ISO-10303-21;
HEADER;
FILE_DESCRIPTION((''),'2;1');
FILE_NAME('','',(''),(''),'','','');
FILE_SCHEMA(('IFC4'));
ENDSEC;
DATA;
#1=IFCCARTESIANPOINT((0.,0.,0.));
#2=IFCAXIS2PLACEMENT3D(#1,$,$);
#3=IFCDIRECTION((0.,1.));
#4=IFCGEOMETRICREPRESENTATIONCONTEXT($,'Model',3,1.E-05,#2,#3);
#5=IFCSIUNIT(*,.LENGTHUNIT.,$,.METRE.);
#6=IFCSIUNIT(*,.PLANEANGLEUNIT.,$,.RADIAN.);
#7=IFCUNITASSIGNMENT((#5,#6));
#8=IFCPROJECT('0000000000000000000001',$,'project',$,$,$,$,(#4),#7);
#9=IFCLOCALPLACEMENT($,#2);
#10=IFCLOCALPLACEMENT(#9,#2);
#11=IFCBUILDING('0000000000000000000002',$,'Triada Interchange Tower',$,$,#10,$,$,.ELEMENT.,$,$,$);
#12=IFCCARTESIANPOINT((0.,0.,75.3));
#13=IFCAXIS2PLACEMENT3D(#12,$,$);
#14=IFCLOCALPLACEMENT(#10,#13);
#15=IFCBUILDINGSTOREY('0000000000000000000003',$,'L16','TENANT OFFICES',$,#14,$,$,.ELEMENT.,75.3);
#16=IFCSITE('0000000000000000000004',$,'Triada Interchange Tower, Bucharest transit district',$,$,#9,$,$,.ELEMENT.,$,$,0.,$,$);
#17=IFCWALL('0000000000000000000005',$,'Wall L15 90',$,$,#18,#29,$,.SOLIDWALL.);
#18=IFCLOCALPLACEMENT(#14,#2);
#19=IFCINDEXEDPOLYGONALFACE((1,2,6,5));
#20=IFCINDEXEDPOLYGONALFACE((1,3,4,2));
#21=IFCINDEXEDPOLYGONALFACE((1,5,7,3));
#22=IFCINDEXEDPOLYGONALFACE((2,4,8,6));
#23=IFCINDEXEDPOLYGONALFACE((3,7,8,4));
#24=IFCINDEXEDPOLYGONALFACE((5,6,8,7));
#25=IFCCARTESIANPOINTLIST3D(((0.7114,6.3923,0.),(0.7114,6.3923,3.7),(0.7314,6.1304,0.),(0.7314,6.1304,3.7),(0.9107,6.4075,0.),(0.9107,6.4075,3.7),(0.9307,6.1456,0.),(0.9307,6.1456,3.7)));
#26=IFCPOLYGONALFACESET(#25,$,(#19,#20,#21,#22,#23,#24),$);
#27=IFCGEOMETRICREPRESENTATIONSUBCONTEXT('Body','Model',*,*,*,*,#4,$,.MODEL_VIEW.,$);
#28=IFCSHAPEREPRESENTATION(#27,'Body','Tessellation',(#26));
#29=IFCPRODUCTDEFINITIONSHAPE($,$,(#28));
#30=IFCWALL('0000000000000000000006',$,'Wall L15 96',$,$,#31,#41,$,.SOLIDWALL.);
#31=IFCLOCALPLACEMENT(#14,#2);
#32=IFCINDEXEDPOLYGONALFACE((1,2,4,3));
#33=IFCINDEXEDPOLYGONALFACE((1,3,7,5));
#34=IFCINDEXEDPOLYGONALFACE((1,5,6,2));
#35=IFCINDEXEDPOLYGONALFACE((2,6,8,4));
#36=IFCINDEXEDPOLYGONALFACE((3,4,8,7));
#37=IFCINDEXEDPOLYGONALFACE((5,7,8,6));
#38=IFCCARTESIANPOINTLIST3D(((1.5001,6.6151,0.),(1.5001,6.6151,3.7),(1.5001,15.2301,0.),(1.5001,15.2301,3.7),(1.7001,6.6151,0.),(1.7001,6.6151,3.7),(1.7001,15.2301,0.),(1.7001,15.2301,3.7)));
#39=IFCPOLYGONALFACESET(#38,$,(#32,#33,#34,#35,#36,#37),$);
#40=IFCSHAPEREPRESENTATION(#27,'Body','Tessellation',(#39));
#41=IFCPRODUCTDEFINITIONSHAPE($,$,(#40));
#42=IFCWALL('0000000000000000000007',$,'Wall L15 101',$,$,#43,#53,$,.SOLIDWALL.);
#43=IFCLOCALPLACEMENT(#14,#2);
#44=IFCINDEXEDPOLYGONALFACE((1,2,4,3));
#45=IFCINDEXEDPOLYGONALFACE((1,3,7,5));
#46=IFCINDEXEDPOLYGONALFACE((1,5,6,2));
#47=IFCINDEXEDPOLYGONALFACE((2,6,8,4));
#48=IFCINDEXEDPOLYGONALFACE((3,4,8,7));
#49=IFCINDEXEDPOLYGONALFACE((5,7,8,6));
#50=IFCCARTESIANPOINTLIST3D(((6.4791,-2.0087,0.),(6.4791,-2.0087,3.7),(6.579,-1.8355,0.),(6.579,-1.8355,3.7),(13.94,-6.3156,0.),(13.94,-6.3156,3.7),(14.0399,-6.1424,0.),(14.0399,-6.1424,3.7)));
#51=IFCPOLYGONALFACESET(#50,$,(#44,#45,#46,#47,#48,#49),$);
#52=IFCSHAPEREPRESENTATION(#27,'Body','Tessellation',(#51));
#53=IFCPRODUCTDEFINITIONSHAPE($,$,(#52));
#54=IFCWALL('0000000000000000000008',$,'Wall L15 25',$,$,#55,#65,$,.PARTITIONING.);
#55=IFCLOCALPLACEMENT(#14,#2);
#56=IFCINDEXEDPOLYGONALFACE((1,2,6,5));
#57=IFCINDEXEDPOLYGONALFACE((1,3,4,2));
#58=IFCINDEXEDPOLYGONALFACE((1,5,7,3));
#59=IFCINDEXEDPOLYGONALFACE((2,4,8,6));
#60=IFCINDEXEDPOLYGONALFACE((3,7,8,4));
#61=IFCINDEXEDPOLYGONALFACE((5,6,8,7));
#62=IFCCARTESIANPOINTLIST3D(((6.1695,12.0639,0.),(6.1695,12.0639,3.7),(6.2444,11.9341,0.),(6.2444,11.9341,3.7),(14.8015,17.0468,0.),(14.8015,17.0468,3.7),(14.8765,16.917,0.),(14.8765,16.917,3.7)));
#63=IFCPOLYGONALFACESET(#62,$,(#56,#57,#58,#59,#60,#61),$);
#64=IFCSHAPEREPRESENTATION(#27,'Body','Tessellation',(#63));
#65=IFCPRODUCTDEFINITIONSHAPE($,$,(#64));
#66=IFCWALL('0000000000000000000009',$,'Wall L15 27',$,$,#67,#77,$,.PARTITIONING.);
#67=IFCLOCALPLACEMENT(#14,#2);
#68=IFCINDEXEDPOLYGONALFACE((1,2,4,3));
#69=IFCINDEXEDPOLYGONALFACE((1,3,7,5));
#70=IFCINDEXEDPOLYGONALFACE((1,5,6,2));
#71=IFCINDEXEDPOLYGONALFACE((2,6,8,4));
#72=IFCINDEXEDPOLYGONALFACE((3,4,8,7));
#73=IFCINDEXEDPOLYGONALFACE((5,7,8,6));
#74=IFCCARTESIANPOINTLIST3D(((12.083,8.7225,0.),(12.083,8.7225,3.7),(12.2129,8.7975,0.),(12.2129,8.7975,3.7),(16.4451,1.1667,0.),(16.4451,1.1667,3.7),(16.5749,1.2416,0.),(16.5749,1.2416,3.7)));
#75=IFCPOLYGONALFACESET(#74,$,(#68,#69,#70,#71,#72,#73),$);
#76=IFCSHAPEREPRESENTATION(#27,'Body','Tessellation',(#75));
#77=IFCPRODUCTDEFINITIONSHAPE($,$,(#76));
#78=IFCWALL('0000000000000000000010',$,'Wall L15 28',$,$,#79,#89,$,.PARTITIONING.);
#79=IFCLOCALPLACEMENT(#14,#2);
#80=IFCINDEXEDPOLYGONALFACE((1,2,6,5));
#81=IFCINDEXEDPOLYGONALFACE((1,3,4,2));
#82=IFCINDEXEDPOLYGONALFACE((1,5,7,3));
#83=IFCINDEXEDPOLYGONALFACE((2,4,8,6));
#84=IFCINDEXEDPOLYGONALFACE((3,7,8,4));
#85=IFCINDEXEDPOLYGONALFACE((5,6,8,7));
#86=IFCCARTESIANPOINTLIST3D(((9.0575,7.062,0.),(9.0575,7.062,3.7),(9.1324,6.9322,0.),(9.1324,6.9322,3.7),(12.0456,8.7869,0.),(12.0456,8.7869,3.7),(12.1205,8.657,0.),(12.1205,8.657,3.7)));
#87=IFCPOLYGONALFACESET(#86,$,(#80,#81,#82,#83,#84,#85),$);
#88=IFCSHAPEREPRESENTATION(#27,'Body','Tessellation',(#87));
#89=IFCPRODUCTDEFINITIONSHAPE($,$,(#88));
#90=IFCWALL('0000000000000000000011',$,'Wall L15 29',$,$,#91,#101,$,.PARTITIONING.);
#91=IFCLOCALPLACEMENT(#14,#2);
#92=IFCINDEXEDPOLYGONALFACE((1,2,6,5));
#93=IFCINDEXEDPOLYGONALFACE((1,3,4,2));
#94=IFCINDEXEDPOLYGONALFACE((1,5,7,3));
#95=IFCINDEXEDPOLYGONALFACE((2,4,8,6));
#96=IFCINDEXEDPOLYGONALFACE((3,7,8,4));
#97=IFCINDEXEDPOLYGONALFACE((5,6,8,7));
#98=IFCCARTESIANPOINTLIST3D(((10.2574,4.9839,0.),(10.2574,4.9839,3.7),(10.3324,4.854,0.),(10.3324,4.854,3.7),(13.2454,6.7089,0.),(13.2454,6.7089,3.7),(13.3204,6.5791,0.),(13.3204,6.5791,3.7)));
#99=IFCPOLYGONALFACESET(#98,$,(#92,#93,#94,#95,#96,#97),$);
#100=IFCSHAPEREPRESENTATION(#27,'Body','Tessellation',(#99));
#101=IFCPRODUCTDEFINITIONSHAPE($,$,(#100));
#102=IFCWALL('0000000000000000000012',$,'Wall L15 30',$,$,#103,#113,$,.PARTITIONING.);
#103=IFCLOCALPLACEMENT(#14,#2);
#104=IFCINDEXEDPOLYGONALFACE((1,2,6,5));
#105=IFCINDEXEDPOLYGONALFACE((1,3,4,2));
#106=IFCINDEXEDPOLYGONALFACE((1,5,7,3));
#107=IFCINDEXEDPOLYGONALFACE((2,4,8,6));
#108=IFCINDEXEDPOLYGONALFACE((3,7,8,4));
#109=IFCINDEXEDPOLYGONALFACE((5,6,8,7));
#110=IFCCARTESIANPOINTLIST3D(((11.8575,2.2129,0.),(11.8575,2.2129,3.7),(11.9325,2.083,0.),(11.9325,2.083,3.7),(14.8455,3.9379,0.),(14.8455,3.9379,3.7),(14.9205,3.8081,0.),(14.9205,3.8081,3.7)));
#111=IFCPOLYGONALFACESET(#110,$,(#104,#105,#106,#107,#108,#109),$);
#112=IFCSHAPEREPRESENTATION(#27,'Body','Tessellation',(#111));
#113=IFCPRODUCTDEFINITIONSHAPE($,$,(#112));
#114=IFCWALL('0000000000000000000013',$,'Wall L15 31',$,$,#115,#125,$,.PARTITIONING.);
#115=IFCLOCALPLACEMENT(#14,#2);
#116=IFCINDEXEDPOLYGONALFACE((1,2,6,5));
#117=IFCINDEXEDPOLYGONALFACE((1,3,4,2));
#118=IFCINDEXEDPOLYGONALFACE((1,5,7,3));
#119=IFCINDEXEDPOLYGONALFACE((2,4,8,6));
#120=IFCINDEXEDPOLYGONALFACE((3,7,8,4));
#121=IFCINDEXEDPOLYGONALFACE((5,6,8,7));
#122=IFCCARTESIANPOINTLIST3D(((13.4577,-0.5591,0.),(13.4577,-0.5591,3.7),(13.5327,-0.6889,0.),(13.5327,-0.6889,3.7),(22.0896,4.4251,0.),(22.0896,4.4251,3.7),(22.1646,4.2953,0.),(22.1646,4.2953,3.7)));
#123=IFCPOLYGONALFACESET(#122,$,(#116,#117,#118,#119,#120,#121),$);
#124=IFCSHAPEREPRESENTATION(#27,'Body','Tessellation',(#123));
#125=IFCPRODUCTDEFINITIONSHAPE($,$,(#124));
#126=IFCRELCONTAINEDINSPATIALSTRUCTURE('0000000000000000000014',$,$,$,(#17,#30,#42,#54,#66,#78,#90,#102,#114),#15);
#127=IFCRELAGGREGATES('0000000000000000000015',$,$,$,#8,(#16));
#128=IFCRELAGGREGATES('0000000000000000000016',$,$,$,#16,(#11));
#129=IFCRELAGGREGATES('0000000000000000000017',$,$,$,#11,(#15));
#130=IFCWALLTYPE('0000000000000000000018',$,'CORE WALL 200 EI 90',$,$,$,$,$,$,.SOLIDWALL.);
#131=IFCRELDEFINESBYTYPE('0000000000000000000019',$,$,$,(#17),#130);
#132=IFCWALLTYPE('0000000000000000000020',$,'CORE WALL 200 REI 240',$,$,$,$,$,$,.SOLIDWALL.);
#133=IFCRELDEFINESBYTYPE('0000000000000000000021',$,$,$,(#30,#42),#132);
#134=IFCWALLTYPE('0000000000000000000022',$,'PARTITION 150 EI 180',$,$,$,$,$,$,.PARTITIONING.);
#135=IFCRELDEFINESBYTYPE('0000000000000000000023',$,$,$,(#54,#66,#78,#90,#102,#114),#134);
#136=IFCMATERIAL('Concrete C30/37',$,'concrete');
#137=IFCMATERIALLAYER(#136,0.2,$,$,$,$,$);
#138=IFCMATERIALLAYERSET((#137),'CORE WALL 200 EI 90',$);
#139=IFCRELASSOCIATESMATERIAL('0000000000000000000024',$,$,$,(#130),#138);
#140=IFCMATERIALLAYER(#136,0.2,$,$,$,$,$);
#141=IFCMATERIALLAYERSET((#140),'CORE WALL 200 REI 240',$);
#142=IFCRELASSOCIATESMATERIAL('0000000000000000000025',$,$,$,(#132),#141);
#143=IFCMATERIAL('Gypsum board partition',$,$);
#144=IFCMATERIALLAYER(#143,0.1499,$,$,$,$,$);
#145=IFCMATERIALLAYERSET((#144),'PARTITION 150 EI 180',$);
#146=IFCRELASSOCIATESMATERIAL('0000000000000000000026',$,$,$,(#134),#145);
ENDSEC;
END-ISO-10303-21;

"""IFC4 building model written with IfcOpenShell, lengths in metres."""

from ifc_helpers import new_model, si_unit, direction, frame, frame_2d, origin, place, context, subcontext, project, spatial, rectangle, extrude, material, layer, layer_set, type_object, element, save


model = new_model("IFC4")

# Units and contexts
model_context = context("Model", 3, precision=1e-05, world=origin(), true_north=direction((0.0, 1.0)))
body_context = subcontext(model_context, "Body", "Model", "MODEL_VIEW")
ifc_project = project(units=[si_unit("LENGTHUNIT", "METRE"), si_unit("PLANEANGLEUNIT", "RADIAN")], contexts=[model_context])

# Site, building, storey
site_placement = place(None, origin())
site = spatial("IfcSite", under=ifc_project, at=site_placement, Name="Triada Interchange Tower, Bucharest transit district", CompositionType="ELEMENT", RefElevation=0.0)
building_placement = place(site_placement, origin())
building = spatial("IfcBuilding", under=site, at=building_placement, Name="Triada Interchange Tower", CompositionType="ELEMENT")
storey_placement = place(building_placement, frame((0.0, 0.0, 75.3)))
storey = spatial("IfcBuildingStorey", under=building, at=storey_placement, Name="L16", Description="TENANT OFFICES", CompositionType="ELEMENT", Elevation=75.3)

# Shared definitions
ifc_material_1 = material(Name="Concrete C30/37", Category="concrete")

# Walls
ifc_layer_1 = layer(ifc_material_1, 0.2)
ifc_layer_set_1 = layer_set([ifc_layer_1], Name="CORE WALL 200 EI 90")
wall_type_1 = type_object("IfcWallType", Name="CORE WALL 200 EI 90", PredefinedType="SOLIDWALL", material=ifc_layer_set_1)
wall_1_placement = place(storey_placement, frame((0.811, 6.3999, 0.0), z_axis=(0.0, 0.0, 1.0), x_axis=(0.076199, -0.997093, 0.0)))
element("IfcWall", 1, at=wall_1_placement, inside=storey, type_object=wall_type_1, Name="Wall L15 90", PredefinedType="SOLIDWALL", context=body_context, shape_type="SweptSolid", body=[
    extrude(rectangle(XDim=0.2627, YDim=0.2, at=frame_2d((0.1313, 0.0))), origin(), (0.0, 0.0, 1.0), 3.7),
])
ifc_layer_2 = layer(ifc_material_1, 0.2)
ifc_layer_set_2 = layer_set([ifc_layer_2], Name="CORE WALL 200 REI 240")
wall_type_2 = type_object("IfcWallType", Name="CORE WALL 200 REI 240", PredefinedType="SOLIDWALL", material=ifc_layer_set_2)
wall_2_placement = place(storey_placement, frame((1.6001, 6.615, 0.0), z_axis=(0.0, 0.0, 1.0), x_axis=(0.0, 1.0, 0.0)))
element("IfcWall", 2, at=wall_2_placement, inside=storey, type_object=wall_type_2, Name="Wall L15 96", PredefinedType="SOLIDWALL", context=body_context, shape_type="SweptSolid", body=[
    extrude(rectangle(XDim=8.615, YDim=0.2, at=frame_2d((4.3076, 0.0))), origin(), (0.0, 0.0, 1.0), 3.7),
])
wall_3_placement = place(storey_placement, frame((6.5291, -1.9221, 0.0), z_axis=(0.0, 0.0, 1.0), x_axis=(0.86606, -0.49994, 0.0)))
element("IfcWall", 3, at=wall_3_placement, inside=storey, type_object=wall_type_2, Name="Wall L15 101", PredefinedType="SOLIDWALL", context=body_context, shape_type="SweptSolid", body=[
    extrude(rectangle(XDim=8.6147, YDim=0.2, at=frame_2d((4.3074, 0.0))), origin(), (0.0, 0.0, 1.0), 3.7),
])
ifc_material_2 = material(Name="Gypsum board partition")
ifc_layer_3 = layer(ifc_material_2, 0.1499)
ifc_layer_set_3 = layer_set([ifc_layer_3], Name="PARTITION 150 EI 180")
wall_type_3 = type_object("IfcWallType", Name="PARTITION 150 EI 180", PredefinedType="PARTITIONING", material=ifc_layer_set_3)
wall_4_placement = place(storey_placement, frame((6.207, 11.999, 0.0), z_axis=(0.0, 0.0, 1.0), x_axis=(0.866061, 0.499938, 0.0)))
element("IfcWall", 4, at=wall_4_placement, inside=storey, type_object=wall_type_3, Name="Wall L15 25", PredefinedType="PARTITIONING", context=body_context, shape_type="SweptSolid", body=[
    extrude(rectangle(XDim=9.967, YDim=0.1499, at=frame_2d((4.9834, 0.0))), origin(), (0.0, 0.0, 1.0), 3.7),
])
wall_5_placement = place(storey_placement, frame((12.1479, 8.76, 0.0), z_axis=(0.0, 0.0, 1.0), x_axis=(0.49997, -0.866043, 0.0)))
element("IfcWall", 5, at=wall_5_placement, inside=storey, type_object=wall_type_3, Name="Wall L15 27", PredefinedType="PARTITIONING", context=body_context, shape_type="SweptSolid", body=[
    extrude(rectangle(XDim=8.7246, YDim=0.1499, at=frame_2d((4.3623, 0.0))), origin(), (0.0, 0.0, 1.0), 3.7),
])
for number, where, z_axis, x_axis, name in (
    (6, (9.095, 6.9971, 0.0), (0.0, 0.0, 1.0), (0.866062, 0.499937, 0.0), "Wall L15 28"),
    (7, (10.2949, 4.9189, 0.0), (0.0, 0.0, 1.0), (0.866031, 0.49999, 0.0), "Wall L15 29"),
    (8, (11.895, 2.1479, 0.0), (0.0, 0.0, 1.0), (0.866031, 0.49999, 0.0), "Wall L15 30"),
):
    element("IfcWall", number, at=place(storey_placement, frame(where, z_axis=z_axis, x_axis=x_axis)), inside=storey, type_object=wall_type_3, Name=name, PredefinedType="PARTITIONING", context=body_context, shape_type="SweptSolid", body=[
        extrude(rectangle(XDim=3.4502, YDim=0.1499, at=frame_2d((1.7251, 0.0))), origin(), (0.0, 0.0, 1.0), 3.7),
    ])
wall_6_placement = place(storey_placement, frame((13.4951, -0.624, 0.0), z_axis=(0.0, 0.0, 1.0), x_axis=(0.866002, 0.50004, 0.0)))
element("IfcWall", 9, at=wall_6_placement, inside=storey, type_object=wall_type_3, Name="Wall L15 31", PredefinedType="PARTITIONING", context=body_context, shape_type="SweptSolid", body=[
    extrude(rectangle(XDim=9.9675, YDim=0.1499, at=frame_2d((4.9839, 0.0))), origin(), (0.0, 0.0, 1.0), 3.7),
])

save(model, "model.ifc")
